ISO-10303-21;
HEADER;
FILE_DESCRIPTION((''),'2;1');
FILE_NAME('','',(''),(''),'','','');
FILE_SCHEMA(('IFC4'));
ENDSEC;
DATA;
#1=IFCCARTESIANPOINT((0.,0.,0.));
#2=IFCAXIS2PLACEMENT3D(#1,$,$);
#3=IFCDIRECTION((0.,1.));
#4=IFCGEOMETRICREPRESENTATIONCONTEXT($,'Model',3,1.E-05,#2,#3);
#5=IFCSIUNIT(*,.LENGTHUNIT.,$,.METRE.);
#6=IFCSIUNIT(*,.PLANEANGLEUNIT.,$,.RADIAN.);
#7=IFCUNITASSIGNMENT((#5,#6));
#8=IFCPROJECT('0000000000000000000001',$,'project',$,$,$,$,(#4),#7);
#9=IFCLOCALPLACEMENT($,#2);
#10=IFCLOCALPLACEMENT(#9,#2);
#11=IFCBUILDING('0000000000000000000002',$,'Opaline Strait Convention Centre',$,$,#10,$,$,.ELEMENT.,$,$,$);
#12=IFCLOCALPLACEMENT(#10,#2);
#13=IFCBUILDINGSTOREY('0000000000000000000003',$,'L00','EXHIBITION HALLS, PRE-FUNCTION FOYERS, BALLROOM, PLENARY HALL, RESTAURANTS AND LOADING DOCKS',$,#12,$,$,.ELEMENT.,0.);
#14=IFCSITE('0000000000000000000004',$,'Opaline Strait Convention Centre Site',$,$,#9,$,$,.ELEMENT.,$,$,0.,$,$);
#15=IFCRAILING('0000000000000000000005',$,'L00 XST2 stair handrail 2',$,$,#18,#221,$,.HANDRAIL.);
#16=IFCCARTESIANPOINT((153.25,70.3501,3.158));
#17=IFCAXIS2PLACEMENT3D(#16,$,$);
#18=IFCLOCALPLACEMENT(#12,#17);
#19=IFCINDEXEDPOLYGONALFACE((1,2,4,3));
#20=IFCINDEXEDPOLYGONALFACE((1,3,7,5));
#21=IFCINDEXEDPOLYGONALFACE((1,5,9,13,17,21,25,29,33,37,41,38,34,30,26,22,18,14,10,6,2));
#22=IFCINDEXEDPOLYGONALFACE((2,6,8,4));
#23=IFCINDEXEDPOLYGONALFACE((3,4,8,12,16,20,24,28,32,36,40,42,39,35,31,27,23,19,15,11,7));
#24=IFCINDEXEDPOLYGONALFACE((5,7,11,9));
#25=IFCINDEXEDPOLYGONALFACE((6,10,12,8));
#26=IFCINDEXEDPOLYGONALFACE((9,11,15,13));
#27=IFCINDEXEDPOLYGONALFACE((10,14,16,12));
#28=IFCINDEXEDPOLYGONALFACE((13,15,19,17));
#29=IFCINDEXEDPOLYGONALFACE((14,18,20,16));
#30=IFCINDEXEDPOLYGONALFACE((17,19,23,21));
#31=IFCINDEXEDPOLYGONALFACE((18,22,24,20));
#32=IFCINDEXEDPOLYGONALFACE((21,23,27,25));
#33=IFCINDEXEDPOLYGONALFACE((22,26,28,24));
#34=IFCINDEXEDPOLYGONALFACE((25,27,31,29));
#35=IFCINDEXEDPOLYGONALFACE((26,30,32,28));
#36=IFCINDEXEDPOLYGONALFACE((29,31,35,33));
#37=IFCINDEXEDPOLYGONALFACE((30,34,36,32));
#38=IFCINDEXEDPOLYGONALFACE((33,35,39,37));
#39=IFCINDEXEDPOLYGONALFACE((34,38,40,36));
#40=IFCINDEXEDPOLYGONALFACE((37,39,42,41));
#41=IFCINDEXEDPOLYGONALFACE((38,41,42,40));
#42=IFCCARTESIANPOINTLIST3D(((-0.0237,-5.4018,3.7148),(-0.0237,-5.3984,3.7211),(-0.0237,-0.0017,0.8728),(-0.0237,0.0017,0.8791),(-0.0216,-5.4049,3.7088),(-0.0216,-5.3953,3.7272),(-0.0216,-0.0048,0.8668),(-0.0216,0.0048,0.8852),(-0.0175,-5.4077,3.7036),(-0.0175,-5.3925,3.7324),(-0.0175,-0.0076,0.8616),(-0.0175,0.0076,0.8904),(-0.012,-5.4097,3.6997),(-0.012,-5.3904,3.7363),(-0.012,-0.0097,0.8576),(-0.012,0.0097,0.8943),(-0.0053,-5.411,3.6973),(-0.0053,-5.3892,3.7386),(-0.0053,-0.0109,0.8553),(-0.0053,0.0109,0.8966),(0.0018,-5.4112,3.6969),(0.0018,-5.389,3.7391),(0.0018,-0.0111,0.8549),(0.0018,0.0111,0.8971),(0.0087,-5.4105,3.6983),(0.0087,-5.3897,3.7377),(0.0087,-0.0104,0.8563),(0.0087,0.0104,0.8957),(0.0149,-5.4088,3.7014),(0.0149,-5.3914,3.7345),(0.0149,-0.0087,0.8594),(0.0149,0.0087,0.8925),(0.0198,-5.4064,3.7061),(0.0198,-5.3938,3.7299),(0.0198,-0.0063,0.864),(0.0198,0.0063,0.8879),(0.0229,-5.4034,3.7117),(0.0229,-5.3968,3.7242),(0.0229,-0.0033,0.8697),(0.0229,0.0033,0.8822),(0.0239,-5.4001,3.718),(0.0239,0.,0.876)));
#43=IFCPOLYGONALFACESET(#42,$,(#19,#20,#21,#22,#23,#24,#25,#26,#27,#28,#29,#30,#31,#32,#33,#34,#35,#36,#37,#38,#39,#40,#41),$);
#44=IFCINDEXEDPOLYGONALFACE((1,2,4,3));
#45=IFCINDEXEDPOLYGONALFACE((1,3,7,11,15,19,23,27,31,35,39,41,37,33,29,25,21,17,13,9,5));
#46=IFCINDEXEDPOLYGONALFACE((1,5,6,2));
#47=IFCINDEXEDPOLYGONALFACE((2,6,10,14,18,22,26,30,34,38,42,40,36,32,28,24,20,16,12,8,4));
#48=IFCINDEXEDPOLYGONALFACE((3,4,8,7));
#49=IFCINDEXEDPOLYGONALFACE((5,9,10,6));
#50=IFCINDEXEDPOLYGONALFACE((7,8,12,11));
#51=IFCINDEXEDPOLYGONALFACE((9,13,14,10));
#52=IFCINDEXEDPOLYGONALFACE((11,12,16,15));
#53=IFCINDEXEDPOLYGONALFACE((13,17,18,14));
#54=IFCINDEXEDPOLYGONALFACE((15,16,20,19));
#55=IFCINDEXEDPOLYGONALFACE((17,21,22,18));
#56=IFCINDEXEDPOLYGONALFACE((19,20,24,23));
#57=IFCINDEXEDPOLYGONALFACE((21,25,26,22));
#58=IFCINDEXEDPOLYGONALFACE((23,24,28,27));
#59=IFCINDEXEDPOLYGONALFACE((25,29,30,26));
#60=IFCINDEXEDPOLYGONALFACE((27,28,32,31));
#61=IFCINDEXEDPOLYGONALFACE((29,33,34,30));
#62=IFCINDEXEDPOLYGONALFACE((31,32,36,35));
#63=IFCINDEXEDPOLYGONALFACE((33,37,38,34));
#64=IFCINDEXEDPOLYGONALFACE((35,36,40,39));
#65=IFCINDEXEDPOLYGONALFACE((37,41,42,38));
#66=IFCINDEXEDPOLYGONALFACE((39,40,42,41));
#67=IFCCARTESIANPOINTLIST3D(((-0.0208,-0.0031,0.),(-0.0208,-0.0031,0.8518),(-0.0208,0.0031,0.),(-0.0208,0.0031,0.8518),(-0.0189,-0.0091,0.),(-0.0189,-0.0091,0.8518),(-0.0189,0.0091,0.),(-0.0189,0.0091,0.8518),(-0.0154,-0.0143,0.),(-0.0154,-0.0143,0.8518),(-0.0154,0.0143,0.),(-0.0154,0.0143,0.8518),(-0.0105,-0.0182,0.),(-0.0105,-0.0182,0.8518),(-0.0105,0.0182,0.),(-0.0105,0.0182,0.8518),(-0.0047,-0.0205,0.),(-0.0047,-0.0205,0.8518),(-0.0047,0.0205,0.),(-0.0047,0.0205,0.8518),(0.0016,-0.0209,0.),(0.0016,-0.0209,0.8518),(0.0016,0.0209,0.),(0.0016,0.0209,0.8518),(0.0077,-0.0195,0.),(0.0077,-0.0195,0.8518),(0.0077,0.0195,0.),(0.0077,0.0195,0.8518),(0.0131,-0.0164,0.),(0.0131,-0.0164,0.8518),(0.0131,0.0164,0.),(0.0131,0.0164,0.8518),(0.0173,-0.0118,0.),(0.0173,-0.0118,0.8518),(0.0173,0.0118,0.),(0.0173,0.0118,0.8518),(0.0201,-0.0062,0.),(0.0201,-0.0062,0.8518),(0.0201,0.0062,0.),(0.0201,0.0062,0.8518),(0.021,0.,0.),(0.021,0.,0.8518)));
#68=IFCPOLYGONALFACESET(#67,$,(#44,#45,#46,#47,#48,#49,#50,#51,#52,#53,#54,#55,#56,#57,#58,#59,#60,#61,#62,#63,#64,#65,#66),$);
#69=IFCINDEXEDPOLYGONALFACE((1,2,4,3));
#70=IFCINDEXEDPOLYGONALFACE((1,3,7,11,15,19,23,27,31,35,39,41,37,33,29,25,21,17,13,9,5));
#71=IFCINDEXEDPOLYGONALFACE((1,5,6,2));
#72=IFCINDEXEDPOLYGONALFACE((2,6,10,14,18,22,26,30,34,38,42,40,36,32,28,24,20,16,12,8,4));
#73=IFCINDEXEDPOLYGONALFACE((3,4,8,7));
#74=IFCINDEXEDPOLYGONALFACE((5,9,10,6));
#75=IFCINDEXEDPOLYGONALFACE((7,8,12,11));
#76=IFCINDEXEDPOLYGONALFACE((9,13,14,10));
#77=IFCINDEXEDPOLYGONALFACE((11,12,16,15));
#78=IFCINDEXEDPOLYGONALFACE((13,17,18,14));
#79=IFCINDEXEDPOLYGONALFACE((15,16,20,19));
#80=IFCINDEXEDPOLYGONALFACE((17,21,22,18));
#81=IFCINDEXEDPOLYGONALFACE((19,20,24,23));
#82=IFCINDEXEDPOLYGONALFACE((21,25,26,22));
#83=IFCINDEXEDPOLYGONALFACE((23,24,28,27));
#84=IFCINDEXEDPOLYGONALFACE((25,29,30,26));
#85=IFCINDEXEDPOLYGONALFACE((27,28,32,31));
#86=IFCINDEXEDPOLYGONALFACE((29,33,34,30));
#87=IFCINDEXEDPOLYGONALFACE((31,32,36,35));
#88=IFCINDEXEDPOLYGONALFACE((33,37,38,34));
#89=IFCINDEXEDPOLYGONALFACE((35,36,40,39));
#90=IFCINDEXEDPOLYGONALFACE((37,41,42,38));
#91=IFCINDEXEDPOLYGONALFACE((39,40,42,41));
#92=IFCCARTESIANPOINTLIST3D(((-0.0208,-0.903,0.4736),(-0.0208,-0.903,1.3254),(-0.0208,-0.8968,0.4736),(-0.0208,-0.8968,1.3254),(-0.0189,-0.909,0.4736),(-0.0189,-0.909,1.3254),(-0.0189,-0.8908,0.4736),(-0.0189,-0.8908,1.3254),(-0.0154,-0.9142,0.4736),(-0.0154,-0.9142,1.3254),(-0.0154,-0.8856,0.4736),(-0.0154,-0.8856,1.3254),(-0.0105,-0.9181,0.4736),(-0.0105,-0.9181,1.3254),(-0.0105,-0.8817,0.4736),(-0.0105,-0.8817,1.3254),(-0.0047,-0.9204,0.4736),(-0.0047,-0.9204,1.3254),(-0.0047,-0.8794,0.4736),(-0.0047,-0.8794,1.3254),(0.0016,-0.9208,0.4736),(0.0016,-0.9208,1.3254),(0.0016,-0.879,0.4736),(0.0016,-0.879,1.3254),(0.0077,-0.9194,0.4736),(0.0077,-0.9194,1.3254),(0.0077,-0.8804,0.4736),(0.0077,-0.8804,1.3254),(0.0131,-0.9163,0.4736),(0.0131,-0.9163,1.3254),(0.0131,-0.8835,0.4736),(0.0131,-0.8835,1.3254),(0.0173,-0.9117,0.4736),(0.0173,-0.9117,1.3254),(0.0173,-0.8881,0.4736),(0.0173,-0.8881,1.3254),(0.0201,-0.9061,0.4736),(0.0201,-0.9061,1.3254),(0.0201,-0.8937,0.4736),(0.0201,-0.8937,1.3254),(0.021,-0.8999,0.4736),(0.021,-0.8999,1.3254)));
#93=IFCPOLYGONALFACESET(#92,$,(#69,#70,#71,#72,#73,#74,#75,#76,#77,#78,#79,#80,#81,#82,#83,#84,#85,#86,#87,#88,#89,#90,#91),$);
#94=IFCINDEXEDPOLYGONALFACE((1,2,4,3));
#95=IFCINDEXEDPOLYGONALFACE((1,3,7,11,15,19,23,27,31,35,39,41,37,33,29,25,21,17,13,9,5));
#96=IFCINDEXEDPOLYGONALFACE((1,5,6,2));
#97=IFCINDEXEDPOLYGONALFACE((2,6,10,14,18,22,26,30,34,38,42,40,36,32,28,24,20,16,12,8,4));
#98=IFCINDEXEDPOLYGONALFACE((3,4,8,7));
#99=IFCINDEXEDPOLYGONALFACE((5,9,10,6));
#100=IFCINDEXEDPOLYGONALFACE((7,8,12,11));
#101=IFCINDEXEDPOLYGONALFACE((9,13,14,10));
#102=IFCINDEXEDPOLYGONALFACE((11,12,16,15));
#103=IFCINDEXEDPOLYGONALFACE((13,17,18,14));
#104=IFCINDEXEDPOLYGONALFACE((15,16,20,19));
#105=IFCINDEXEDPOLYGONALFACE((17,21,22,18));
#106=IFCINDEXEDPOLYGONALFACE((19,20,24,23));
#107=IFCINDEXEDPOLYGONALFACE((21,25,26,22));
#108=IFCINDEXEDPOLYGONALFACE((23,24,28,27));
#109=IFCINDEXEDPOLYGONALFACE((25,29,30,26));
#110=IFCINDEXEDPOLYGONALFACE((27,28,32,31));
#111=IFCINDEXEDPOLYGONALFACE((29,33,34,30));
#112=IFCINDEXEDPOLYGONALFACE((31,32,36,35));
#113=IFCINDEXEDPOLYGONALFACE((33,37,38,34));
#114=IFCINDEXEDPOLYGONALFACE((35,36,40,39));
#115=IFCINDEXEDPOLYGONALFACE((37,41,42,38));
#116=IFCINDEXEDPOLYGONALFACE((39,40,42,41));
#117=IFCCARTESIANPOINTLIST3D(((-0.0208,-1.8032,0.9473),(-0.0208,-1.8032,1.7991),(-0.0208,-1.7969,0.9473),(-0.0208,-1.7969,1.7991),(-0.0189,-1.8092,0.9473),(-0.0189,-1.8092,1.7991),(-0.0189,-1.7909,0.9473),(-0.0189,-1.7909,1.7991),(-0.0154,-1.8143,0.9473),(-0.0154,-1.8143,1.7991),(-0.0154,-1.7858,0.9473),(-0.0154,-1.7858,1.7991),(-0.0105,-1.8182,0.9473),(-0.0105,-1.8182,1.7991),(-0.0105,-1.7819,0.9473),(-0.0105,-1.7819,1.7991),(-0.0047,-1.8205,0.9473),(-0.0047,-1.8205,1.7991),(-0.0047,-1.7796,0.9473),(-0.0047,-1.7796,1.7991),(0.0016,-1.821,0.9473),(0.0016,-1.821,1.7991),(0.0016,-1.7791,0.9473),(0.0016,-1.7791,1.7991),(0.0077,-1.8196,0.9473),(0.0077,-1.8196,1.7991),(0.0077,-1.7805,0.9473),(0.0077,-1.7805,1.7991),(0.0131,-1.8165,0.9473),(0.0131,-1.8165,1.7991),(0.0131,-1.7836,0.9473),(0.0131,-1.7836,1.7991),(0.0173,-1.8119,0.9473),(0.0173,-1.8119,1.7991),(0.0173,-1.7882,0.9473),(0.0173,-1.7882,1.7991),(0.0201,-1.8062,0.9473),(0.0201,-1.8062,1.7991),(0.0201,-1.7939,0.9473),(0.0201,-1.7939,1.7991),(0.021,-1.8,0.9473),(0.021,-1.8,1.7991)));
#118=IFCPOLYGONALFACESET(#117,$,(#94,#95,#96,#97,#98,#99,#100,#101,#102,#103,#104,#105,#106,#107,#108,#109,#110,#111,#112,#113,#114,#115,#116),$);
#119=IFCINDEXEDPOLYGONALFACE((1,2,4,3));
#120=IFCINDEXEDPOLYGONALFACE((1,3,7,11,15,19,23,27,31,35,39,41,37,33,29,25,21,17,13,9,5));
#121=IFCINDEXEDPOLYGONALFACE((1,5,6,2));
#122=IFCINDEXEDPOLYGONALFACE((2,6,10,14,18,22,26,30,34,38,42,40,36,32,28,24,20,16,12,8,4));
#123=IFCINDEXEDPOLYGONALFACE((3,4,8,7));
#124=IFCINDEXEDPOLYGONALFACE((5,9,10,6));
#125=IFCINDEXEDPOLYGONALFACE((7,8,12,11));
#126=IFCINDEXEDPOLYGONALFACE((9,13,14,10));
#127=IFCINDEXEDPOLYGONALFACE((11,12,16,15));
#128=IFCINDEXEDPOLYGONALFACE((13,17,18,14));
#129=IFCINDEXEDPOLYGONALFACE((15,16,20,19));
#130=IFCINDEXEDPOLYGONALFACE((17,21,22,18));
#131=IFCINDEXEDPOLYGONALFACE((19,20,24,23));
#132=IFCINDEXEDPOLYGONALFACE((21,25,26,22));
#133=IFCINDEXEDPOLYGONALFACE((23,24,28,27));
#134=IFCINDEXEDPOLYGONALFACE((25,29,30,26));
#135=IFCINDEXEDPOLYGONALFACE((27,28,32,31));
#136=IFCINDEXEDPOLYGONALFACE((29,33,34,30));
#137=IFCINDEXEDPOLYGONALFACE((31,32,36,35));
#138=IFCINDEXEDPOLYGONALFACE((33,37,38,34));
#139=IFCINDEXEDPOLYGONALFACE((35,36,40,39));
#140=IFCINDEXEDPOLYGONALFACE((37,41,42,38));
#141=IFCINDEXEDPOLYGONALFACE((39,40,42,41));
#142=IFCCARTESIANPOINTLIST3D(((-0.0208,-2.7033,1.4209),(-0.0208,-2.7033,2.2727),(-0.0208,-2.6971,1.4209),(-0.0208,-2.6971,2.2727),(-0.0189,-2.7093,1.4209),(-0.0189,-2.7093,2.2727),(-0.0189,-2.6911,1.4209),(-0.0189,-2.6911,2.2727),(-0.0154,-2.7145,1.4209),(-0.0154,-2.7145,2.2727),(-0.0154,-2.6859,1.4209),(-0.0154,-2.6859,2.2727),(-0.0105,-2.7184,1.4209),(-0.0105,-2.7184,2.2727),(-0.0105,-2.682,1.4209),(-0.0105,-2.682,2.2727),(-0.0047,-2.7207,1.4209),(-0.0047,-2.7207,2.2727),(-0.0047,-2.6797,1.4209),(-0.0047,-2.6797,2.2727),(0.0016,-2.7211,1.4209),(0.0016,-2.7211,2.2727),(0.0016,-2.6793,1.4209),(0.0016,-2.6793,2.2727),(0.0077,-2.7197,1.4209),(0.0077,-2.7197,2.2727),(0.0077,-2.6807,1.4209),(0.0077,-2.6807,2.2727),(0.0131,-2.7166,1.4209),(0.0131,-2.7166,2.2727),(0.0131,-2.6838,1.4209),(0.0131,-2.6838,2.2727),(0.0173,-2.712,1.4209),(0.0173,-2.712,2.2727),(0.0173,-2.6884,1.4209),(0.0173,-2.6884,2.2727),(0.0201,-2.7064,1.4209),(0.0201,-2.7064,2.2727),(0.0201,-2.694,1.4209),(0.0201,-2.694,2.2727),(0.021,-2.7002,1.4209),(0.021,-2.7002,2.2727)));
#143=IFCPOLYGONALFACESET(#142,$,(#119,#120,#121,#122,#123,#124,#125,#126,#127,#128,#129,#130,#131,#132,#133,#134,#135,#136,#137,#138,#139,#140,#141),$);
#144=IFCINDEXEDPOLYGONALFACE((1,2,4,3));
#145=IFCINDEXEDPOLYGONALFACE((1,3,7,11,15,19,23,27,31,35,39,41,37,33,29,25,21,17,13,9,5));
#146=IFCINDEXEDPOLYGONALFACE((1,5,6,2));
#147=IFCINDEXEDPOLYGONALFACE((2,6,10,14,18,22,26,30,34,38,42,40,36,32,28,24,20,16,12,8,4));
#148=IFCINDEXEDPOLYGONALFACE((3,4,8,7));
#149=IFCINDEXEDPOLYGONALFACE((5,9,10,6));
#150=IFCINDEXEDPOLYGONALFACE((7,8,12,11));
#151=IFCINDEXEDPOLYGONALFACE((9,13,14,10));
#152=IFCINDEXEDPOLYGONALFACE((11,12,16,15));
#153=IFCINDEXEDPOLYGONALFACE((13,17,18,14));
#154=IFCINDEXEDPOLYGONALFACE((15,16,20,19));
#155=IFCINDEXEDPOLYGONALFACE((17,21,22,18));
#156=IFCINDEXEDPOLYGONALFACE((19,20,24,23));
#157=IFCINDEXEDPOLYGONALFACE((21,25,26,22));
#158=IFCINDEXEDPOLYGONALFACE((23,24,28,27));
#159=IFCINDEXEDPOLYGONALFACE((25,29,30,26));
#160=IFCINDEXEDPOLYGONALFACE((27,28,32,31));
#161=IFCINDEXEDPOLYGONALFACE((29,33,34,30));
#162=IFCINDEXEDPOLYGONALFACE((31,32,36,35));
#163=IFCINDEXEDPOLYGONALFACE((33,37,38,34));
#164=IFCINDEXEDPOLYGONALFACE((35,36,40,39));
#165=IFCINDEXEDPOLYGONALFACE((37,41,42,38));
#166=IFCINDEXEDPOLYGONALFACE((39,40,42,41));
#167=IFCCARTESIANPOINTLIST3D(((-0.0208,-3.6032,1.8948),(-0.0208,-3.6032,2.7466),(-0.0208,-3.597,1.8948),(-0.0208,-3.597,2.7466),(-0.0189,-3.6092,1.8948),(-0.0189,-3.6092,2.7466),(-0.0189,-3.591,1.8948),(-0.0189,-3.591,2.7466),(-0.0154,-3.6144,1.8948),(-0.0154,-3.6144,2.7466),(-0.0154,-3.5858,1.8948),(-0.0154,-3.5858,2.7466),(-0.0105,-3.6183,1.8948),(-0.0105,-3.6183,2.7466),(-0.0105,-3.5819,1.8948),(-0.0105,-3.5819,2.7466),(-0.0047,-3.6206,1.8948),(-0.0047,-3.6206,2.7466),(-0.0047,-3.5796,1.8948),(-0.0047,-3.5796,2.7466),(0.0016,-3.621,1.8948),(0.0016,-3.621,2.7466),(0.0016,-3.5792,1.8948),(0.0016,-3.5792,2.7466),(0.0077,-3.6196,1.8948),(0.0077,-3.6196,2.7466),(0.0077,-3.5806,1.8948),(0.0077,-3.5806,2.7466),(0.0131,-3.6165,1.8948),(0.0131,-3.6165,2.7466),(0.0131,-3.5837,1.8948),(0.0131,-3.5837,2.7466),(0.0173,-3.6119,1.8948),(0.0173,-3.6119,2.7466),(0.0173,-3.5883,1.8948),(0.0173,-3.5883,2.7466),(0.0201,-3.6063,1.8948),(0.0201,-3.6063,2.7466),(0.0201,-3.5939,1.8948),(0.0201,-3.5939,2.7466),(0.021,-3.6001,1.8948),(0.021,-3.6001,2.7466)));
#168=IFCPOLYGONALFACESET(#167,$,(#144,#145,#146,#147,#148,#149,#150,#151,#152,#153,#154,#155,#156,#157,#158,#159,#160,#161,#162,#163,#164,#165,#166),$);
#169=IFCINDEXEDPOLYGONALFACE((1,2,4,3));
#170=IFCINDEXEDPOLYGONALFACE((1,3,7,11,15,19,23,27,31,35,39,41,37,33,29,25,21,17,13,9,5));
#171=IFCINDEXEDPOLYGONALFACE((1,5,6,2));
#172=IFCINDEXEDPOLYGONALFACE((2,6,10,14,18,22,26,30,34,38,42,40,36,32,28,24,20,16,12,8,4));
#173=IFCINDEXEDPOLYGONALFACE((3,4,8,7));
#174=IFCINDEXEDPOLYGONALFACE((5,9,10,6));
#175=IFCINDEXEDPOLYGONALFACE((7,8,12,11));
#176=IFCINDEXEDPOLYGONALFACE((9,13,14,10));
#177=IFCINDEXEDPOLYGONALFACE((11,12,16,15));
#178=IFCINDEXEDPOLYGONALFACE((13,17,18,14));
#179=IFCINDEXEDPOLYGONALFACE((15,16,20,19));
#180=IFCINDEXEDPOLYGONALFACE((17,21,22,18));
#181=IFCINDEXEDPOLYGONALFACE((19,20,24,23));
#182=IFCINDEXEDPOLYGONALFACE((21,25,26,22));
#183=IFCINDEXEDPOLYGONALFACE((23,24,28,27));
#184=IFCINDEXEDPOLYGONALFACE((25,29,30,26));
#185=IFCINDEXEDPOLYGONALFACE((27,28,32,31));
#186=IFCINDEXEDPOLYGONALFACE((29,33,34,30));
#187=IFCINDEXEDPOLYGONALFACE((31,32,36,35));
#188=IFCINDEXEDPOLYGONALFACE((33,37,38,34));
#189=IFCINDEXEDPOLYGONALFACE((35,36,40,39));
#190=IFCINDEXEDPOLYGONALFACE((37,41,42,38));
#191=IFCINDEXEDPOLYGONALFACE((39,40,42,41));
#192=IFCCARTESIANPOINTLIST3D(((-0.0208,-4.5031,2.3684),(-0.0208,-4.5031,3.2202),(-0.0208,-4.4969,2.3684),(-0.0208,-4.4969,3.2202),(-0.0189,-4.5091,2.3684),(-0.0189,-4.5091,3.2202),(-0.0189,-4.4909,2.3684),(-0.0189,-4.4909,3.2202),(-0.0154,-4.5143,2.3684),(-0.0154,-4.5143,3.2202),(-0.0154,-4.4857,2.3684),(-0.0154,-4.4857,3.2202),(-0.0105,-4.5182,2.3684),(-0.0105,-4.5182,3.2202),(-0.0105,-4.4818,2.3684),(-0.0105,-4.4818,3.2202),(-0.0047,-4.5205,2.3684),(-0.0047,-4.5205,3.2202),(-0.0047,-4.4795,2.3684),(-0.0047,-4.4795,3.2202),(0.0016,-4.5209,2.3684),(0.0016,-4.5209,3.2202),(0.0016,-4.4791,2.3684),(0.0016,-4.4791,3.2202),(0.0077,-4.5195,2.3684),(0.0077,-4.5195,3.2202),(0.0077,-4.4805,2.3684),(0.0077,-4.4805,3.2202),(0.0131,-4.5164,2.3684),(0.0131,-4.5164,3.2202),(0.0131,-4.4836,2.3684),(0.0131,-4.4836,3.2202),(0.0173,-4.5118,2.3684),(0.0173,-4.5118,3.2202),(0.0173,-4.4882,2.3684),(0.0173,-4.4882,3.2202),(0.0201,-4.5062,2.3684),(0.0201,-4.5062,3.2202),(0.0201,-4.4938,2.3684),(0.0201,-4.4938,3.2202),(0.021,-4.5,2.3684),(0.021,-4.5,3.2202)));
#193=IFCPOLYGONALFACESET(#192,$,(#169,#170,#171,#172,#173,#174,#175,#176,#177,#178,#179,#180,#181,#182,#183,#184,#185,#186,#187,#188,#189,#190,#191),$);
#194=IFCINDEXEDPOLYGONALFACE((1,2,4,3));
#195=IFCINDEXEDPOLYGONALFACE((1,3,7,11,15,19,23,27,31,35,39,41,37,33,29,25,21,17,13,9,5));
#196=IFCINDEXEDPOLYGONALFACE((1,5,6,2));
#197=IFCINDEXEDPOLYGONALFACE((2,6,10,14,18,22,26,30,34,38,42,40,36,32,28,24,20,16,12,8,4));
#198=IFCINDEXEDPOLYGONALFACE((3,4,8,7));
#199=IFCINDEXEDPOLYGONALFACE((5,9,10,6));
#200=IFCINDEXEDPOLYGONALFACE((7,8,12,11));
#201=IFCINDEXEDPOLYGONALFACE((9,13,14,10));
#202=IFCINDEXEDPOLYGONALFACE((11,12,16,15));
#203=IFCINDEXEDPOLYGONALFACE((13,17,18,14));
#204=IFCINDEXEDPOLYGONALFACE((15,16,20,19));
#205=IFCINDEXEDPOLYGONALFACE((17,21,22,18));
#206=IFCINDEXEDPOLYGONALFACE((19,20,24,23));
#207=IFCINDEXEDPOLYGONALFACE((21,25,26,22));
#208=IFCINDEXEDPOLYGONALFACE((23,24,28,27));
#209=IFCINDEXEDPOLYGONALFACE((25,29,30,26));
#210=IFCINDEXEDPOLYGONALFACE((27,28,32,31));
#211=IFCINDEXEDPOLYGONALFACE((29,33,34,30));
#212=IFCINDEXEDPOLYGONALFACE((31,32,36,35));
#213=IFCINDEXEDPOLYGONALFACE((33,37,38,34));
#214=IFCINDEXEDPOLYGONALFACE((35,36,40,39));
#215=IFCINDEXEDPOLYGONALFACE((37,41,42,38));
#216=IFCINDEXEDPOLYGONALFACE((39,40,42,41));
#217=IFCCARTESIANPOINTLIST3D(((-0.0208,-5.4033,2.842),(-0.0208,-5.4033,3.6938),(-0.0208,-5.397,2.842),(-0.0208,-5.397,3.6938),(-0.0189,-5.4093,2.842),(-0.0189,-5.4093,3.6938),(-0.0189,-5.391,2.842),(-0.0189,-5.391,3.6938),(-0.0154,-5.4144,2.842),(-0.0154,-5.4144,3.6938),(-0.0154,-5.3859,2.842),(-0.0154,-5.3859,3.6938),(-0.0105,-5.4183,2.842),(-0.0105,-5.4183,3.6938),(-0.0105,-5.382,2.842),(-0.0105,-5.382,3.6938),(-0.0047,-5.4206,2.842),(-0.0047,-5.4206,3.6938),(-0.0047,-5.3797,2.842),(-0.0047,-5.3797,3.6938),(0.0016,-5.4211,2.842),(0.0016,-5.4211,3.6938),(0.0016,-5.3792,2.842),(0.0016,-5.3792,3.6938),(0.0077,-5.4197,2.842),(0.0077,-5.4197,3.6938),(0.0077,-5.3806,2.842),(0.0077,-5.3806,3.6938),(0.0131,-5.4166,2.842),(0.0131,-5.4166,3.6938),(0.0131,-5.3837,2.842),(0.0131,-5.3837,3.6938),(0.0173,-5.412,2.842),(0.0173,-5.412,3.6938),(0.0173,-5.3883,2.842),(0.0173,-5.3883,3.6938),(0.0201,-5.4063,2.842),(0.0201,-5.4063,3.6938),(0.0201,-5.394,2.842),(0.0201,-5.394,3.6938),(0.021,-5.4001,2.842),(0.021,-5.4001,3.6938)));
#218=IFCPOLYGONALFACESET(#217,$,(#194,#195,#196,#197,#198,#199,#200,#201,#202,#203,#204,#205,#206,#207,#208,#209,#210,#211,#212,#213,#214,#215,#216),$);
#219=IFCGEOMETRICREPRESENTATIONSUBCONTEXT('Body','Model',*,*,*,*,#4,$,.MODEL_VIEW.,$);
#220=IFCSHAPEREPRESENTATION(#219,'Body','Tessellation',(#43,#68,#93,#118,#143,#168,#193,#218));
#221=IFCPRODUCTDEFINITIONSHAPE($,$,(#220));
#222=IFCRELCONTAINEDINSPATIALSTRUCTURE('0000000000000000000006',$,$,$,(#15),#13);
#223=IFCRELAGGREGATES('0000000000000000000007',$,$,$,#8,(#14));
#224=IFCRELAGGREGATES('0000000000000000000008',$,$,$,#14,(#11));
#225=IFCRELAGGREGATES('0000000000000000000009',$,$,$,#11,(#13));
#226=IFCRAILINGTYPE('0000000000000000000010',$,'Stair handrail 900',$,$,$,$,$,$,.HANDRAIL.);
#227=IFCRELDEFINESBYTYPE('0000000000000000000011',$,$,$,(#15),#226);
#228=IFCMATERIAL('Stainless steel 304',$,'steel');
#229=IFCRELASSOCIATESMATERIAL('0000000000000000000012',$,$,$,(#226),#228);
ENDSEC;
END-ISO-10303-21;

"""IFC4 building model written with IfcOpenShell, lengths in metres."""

from ifc_helpers import new_model, si_unit, direction, frame, origin, origin_2d, place, context, subcontext, project, spatial, circle, extrude, material, type_object, element, save


model = new_model("IFC4")

# Units and contexts
model_context = context("Model", 3, precision=1e-05, world=origin(), true_north=direction((0.0, 1.0)))
body_context = subcontext(model_context, "Body", "Model", "MODEL_VIEW")
ifc_project = project(units=[si_unit("LENGTHUNIT", "METRE"), si_unit("PLANEANGLEUNIT", "RADIAN")], contexts=[model_context])

# Site, building, storey
site_placement = place(None, origin())
site = spatial("IfcSite", under=ifc_project, at=site_placement, Name="Opaline Strait Convention Centre Site", CompositionType="ELEMENT", RefElevation=0.0)
building_placement = place(site_placement, origin())
building = spatial("IfcBuilding", under=site, at=building_placement, Name="Opaline Strait Convention Centre", CompositionType="ELEMENT")
storey_placement = place(building_placement, origin())
storey = spatial("IfcBuildingStorey", under=building, at=storey_placement, Name="L00", Description="EXHIBITION HALLS, PRE-FUNCTION FOYERS, BALLROOM, PLENARY HALL, RESTAURANTS AND LOADING DOCKS", CompositionType="ELEMENT", Elevation=0.0)

# Shared definitions
ifc_material_1 = material(Name="Stainless steel 304", Category="steel")

# Railing
railing_type = type_object("IfcRailingType", Name="Stair handrail 900", PredefinedType="HANDRAIL", material=ifc_material_1)
railing_placement = place(storey_placement, frame((153.25, 70.3501, 3.158)))
element("IfcRailing", 1, at=railing_placement, inside=storey, type_object=railing_type, Name="L00 XST2 stair handrail 2", PredefinedType="HANDRAIL", context=body_context, shape_type="SweptSolid", body=[
    extrude(circle(Radius=0.0239, at=origin_2d()), frame((0.0, 0.0, 0.876), z_axis=(0.0, -0.884928, 0.465728), x_axis=(1.0, 0.0, 0.0)), (0.0, 0.0, 1.0), 6.1023),
    extrude(circle(Radius=0.021, at=origin_2d()), origin(), (0.0, 0.0, 1.0), 0.8518),
    extrude(circle(Radius=0.021, at=origin_2d()), frame((0.0, -0.8999, 0.4736)), (0.0, 0.0, 1.0), 0.8518),
    extrude(circle(Radius=0.021, at=origin_2d()), frame((0.0, -1.8, 0.9473)), (0.0, 0.0, 1.0), 0.8518),
    extrude(circle(Radius=0.021, at=origin_2d()), frame((0.0, -2.7002, 1.4209)), (0.0, 0.0, 1.0), 0.8518),
    extrude(circle(Radius=0.021, at=origin_2d()), frame((0.0, -3.6001, 1.8948)), (0.0, 0.0, 1.0), 0.8518),
    extrude(circle(Radius=0.021, at=origin_2d()), frame((0.0, -4.5, 2.3684)), (0.0, 0.0, 1.0), 0.8518),
    extrude(circle(Radius=0.021, at=origin_2d()), frame((0.0, -5.4001, 2.842)), (0.0, 0.0, 1.0), 0.8518),
])

save(model, "model.ifc")
